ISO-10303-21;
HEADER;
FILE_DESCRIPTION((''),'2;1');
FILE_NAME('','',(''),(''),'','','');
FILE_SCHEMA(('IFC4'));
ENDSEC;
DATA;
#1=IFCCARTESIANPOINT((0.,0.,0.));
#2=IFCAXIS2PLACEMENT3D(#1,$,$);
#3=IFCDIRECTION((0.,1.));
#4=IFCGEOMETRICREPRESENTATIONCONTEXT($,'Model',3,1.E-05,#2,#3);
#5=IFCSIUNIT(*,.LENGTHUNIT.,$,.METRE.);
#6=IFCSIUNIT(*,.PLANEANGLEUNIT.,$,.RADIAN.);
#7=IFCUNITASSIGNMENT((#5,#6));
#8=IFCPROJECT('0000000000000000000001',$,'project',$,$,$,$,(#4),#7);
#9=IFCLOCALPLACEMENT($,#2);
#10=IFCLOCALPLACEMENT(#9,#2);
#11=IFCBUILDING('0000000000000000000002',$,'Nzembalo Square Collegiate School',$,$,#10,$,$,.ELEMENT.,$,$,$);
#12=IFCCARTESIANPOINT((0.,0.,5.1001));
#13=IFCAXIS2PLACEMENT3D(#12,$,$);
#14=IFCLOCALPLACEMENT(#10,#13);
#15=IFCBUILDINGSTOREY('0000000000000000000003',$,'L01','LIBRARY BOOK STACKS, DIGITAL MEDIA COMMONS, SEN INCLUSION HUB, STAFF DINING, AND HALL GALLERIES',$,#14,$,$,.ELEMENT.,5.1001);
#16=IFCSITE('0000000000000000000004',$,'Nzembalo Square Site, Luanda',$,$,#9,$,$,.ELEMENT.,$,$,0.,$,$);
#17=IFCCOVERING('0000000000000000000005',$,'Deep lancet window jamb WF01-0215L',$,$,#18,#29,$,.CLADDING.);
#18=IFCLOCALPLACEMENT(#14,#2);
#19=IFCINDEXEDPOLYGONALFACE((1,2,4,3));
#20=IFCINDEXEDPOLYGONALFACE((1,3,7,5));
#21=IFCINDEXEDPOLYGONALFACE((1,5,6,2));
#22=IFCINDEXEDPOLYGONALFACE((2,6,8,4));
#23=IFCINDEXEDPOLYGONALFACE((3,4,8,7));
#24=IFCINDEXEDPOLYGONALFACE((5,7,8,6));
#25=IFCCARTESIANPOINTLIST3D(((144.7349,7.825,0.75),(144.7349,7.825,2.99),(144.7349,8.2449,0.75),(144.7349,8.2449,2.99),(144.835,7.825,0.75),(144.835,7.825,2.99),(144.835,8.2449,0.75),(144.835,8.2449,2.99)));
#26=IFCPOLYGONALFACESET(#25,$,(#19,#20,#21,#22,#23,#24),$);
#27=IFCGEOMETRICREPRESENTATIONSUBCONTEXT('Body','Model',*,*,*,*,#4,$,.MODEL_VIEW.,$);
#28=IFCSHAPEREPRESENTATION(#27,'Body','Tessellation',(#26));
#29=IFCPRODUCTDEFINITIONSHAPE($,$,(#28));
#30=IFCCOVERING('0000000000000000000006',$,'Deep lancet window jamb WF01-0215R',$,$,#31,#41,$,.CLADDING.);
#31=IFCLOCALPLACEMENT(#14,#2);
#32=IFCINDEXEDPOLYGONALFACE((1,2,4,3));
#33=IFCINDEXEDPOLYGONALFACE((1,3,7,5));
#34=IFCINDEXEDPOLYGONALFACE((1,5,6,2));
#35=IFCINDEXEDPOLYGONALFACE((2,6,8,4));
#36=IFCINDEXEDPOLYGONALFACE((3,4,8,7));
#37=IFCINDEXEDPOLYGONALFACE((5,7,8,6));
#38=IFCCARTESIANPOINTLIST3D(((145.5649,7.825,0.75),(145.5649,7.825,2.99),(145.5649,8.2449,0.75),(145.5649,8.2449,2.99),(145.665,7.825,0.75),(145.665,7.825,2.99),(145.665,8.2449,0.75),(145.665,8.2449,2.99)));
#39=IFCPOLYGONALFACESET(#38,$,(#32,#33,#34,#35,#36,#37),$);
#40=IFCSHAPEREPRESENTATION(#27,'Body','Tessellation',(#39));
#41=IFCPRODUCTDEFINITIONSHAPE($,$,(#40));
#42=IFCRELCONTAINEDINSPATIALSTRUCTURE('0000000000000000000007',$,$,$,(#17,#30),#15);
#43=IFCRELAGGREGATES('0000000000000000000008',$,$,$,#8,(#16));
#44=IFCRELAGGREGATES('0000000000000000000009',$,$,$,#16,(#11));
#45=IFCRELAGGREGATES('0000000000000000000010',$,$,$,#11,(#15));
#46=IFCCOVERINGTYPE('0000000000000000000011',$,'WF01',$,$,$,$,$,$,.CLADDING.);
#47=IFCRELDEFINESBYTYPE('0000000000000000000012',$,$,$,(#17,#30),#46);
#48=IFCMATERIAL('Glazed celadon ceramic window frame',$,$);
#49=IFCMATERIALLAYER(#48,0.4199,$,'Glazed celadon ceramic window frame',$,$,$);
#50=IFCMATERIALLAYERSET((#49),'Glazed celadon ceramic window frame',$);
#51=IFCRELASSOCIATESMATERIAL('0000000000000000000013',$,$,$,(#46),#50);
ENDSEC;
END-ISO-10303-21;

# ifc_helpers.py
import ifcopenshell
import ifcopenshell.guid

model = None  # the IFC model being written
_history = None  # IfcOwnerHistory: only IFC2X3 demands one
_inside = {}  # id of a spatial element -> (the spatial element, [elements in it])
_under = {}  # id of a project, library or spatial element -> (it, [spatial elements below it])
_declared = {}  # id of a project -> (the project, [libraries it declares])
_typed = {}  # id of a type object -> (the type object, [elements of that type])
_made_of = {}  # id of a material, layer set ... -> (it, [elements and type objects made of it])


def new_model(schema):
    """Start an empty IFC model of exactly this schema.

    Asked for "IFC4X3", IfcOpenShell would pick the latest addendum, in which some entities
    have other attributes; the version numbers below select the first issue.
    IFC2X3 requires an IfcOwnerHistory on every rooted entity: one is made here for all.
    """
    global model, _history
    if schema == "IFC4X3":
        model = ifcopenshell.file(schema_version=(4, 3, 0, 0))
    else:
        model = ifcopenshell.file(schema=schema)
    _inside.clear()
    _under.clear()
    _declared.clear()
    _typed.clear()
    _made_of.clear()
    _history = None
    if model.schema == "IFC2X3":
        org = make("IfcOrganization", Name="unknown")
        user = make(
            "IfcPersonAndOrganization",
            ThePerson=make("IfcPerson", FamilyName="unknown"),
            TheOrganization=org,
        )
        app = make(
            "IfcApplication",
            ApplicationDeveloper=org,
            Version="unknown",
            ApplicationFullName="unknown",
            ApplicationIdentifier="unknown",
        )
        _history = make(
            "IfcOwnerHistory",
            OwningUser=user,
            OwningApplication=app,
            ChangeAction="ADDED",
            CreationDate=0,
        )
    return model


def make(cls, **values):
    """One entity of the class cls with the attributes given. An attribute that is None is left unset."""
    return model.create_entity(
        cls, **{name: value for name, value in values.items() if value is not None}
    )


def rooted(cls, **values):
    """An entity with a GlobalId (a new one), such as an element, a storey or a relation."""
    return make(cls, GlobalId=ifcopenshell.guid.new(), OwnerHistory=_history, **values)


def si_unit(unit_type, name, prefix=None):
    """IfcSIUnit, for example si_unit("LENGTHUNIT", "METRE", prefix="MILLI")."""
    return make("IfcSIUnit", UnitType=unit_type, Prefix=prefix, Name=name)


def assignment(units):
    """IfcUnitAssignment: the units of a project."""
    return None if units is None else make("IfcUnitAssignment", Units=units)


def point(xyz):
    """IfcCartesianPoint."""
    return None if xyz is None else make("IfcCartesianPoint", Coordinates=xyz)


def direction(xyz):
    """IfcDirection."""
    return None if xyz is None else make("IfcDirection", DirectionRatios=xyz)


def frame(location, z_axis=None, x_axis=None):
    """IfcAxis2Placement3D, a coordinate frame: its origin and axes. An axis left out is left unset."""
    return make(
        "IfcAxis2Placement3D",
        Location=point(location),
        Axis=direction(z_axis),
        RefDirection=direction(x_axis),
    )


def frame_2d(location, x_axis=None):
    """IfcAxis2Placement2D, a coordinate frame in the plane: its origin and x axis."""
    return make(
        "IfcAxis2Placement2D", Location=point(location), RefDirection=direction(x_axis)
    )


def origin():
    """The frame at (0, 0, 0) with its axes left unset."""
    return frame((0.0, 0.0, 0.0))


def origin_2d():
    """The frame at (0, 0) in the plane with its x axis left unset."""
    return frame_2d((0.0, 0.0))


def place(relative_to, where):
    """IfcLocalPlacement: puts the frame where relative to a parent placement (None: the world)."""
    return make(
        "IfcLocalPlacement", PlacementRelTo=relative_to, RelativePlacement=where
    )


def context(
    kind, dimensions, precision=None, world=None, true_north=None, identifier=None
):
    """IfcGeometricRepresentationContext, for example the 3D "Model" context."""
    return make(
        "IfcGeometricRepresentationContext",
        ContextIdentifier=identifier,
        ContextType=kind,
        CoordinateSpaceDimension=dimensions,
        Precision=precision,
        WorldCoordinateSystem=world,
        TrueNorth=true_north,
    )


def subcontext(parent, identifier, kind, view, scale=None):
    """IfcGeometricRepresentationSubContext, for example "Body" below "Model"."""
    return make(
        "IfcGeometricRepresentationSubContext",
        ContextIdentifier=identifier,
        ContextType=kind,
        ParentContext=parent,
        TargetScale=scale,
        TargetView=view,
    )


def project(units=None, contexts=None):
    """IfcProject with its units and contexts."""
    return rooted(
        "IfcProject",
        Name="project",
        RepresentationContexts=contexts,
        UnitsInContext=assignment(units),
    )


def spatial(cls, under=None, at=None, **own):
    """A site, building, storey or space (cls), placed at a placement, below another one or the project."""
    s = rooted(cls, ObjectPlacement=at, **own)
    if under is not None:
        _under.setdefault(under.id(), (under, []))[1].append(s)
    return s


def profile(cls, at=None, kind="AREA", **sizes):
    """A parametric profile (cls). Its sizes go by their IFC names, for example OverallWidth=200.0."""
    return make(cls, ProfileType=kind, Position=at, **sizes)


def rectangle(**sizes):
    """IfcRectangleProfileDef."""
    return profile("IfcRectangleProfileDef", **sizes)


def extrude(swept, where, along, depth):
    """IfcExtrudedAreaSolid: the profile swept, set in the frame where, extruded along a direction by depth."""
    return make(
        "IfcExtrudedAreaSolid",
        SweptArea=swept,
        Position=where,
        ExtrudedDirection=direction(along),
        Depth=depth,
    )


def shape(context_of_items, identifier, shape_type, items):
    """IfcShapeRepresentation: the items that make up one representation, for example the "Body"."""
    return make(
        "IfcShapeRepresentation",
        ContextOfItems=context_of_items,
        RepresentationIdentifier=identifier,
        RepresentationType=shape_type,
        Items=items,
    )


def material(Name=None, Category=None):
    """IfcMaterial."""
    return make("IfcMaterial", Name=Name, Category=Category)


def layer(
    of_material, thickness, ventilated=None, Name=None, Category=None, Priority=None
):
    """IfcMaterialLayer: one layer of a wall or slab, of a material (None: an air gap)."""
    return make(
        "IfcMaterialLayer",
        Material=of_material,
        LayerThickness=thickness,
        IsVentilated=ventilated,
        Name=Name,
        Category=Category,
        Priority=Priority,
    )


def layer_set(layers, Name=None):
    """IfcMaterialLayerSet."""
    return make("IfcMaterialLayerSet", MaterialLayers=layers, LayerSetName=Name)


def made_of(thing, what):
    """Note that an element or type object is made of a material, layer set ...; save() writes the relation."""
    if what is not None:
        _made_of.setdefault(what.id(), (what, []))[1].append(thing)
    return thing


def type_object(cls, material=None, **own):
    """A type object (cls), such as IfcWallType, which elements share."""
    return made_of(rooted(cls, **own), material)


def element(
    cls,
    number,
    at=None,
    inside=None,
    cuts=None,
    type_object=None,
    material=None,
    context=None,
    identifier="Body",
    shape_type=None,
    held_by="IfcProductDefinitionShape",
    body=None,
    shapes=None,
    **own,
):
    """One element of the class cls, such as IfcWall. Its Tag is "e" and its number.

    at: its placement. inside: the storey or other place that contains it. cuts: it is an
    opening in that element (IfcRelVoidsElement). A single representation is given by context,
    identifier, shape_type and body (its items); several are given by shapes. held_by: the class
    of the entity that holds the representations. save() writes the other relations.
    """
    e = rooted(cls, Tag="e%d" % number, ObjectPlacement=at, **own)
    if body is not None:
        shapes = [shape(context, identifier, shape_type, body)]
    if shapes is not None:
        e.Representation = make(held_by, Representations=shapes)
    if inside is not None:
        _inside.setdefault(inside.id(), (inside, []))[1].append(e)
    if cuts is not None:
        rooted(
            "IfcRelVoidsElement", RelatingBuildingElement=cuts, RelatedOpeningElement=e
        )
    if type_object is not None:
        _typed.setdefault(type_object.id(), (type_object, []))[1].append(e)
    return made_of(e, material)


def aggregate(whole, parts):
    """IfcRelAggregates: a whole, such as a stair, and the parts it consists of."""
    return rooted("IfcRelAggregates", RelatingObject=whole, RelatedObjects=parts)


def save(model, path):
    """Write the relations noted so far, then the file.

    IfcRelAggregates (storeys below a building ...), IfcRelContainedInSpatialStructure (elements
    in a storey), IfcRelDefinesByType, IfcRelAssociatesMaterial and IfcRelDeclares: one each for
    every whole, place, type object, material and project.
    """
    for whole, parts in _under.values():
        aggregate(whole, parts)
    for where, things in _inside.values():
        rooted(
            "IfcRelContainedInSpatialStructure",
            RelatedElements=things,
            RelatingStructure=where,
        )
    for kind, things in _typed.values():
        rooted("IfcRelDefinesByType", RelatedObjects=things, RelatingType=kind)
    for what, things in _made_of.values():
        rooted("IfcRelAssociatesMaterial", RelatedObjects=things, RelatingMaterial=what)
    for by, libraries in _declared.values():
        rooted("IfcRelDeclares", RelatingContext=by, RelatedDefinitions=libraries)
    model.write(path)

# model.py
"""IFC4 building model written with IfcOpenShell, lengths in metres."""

from ifc_helpers import new_model, si_unit, direction, frame, origin, origin_2d, place, context, subcontext, project, spatial, rectangle, extrude, material, layer, layer_set, type_object, element, save


model = new_model("IFC4")

# Units and contexts
model_context = context("Model", 3, precision=1e-05, world=origin(), true_north=direction((0.0, 1.0)))
body_context = subcontext(model_context, "Body", "Model", "MODEL_VIEW")
ifc_project = project(units=[si_unit("LENGTHUNIT", "METRE"), si_unit("PLANEANGLEUNIT", "RADIAN")], contexts=[model_context])

# Site, building, storey
site_placement = place(None, origin())
site = spatial("IfcSite", under=ifc_project, at=site_placement, Name="Nzembalo Square Site, Luanda", CompositionType="ELEMENT", RefElevation=0.0)
building_placement = place(site_placement, origin())
building = spatial("IfcBuilding", under=site, at=building_placement, Name="Nzembalo Square Collegiate School", CompositionType="ELEMENT")
storey_placement = place(building_placement, frame((0.0, 0.0, 5.1001)))
storey = spatial("IfcBuildingStorey", under=building, at=storey_placement, Name="L01", Description="LIBRARY BOOK STACKS, DIGITAL MEDIA COMMONS, SEN INCLUSION HUB, STAFF DINING, AND HALL GALLERIES", CompositionType="ELEMENT", Elevation=5.1001)

# Coverings
ifc_material_1 = material(Name="Glazed celadon ceramic window frame")
ifc_layer_1 = layer(ifc_material_1, 0.4199, Name="Glazed celadon ceramic window frame")
ifc_layer_set_1 = layer_set([ifc_layer_1], Name="Glazed celadon ceramic window frame")
covering_type_1 = type_object("IfcCoveringType", Name="WF01", PredefinedType="CLADDING", material=ifc_layer_set_1)
for number, where, z_axis, x_axis, name in (
    (1, (144.7849, 8.0349, 0.75), (0.0, 0.0, 1.0), (1.0, 0.0, 0.0), "Deep lancet window jamb WF01-0215L"),
    (2, (145.615, 8.0349, 0.75), (0.0, 0.0, 1.0), (1.0, 0.0, 0.0), "Deep lancet window jamb WF01-0215R"),
):
    element("IfcCovering", number, at=place(storey_placement, frame(where, z_axis=z_axis, x_axis=x_axis)), inside=storey, type_object=covering_type_1, Name=name, PredefinedType="CLADDING", context=body_context, shape_type="SweptSolid", body=[
        extrude(rectangle(XDim=0.1001, YDim=0.4199, at=origin_2d()), origin(), (0.0, 0.0, 1.0), 2.24),
    ])

save(model, "model.ifc")
